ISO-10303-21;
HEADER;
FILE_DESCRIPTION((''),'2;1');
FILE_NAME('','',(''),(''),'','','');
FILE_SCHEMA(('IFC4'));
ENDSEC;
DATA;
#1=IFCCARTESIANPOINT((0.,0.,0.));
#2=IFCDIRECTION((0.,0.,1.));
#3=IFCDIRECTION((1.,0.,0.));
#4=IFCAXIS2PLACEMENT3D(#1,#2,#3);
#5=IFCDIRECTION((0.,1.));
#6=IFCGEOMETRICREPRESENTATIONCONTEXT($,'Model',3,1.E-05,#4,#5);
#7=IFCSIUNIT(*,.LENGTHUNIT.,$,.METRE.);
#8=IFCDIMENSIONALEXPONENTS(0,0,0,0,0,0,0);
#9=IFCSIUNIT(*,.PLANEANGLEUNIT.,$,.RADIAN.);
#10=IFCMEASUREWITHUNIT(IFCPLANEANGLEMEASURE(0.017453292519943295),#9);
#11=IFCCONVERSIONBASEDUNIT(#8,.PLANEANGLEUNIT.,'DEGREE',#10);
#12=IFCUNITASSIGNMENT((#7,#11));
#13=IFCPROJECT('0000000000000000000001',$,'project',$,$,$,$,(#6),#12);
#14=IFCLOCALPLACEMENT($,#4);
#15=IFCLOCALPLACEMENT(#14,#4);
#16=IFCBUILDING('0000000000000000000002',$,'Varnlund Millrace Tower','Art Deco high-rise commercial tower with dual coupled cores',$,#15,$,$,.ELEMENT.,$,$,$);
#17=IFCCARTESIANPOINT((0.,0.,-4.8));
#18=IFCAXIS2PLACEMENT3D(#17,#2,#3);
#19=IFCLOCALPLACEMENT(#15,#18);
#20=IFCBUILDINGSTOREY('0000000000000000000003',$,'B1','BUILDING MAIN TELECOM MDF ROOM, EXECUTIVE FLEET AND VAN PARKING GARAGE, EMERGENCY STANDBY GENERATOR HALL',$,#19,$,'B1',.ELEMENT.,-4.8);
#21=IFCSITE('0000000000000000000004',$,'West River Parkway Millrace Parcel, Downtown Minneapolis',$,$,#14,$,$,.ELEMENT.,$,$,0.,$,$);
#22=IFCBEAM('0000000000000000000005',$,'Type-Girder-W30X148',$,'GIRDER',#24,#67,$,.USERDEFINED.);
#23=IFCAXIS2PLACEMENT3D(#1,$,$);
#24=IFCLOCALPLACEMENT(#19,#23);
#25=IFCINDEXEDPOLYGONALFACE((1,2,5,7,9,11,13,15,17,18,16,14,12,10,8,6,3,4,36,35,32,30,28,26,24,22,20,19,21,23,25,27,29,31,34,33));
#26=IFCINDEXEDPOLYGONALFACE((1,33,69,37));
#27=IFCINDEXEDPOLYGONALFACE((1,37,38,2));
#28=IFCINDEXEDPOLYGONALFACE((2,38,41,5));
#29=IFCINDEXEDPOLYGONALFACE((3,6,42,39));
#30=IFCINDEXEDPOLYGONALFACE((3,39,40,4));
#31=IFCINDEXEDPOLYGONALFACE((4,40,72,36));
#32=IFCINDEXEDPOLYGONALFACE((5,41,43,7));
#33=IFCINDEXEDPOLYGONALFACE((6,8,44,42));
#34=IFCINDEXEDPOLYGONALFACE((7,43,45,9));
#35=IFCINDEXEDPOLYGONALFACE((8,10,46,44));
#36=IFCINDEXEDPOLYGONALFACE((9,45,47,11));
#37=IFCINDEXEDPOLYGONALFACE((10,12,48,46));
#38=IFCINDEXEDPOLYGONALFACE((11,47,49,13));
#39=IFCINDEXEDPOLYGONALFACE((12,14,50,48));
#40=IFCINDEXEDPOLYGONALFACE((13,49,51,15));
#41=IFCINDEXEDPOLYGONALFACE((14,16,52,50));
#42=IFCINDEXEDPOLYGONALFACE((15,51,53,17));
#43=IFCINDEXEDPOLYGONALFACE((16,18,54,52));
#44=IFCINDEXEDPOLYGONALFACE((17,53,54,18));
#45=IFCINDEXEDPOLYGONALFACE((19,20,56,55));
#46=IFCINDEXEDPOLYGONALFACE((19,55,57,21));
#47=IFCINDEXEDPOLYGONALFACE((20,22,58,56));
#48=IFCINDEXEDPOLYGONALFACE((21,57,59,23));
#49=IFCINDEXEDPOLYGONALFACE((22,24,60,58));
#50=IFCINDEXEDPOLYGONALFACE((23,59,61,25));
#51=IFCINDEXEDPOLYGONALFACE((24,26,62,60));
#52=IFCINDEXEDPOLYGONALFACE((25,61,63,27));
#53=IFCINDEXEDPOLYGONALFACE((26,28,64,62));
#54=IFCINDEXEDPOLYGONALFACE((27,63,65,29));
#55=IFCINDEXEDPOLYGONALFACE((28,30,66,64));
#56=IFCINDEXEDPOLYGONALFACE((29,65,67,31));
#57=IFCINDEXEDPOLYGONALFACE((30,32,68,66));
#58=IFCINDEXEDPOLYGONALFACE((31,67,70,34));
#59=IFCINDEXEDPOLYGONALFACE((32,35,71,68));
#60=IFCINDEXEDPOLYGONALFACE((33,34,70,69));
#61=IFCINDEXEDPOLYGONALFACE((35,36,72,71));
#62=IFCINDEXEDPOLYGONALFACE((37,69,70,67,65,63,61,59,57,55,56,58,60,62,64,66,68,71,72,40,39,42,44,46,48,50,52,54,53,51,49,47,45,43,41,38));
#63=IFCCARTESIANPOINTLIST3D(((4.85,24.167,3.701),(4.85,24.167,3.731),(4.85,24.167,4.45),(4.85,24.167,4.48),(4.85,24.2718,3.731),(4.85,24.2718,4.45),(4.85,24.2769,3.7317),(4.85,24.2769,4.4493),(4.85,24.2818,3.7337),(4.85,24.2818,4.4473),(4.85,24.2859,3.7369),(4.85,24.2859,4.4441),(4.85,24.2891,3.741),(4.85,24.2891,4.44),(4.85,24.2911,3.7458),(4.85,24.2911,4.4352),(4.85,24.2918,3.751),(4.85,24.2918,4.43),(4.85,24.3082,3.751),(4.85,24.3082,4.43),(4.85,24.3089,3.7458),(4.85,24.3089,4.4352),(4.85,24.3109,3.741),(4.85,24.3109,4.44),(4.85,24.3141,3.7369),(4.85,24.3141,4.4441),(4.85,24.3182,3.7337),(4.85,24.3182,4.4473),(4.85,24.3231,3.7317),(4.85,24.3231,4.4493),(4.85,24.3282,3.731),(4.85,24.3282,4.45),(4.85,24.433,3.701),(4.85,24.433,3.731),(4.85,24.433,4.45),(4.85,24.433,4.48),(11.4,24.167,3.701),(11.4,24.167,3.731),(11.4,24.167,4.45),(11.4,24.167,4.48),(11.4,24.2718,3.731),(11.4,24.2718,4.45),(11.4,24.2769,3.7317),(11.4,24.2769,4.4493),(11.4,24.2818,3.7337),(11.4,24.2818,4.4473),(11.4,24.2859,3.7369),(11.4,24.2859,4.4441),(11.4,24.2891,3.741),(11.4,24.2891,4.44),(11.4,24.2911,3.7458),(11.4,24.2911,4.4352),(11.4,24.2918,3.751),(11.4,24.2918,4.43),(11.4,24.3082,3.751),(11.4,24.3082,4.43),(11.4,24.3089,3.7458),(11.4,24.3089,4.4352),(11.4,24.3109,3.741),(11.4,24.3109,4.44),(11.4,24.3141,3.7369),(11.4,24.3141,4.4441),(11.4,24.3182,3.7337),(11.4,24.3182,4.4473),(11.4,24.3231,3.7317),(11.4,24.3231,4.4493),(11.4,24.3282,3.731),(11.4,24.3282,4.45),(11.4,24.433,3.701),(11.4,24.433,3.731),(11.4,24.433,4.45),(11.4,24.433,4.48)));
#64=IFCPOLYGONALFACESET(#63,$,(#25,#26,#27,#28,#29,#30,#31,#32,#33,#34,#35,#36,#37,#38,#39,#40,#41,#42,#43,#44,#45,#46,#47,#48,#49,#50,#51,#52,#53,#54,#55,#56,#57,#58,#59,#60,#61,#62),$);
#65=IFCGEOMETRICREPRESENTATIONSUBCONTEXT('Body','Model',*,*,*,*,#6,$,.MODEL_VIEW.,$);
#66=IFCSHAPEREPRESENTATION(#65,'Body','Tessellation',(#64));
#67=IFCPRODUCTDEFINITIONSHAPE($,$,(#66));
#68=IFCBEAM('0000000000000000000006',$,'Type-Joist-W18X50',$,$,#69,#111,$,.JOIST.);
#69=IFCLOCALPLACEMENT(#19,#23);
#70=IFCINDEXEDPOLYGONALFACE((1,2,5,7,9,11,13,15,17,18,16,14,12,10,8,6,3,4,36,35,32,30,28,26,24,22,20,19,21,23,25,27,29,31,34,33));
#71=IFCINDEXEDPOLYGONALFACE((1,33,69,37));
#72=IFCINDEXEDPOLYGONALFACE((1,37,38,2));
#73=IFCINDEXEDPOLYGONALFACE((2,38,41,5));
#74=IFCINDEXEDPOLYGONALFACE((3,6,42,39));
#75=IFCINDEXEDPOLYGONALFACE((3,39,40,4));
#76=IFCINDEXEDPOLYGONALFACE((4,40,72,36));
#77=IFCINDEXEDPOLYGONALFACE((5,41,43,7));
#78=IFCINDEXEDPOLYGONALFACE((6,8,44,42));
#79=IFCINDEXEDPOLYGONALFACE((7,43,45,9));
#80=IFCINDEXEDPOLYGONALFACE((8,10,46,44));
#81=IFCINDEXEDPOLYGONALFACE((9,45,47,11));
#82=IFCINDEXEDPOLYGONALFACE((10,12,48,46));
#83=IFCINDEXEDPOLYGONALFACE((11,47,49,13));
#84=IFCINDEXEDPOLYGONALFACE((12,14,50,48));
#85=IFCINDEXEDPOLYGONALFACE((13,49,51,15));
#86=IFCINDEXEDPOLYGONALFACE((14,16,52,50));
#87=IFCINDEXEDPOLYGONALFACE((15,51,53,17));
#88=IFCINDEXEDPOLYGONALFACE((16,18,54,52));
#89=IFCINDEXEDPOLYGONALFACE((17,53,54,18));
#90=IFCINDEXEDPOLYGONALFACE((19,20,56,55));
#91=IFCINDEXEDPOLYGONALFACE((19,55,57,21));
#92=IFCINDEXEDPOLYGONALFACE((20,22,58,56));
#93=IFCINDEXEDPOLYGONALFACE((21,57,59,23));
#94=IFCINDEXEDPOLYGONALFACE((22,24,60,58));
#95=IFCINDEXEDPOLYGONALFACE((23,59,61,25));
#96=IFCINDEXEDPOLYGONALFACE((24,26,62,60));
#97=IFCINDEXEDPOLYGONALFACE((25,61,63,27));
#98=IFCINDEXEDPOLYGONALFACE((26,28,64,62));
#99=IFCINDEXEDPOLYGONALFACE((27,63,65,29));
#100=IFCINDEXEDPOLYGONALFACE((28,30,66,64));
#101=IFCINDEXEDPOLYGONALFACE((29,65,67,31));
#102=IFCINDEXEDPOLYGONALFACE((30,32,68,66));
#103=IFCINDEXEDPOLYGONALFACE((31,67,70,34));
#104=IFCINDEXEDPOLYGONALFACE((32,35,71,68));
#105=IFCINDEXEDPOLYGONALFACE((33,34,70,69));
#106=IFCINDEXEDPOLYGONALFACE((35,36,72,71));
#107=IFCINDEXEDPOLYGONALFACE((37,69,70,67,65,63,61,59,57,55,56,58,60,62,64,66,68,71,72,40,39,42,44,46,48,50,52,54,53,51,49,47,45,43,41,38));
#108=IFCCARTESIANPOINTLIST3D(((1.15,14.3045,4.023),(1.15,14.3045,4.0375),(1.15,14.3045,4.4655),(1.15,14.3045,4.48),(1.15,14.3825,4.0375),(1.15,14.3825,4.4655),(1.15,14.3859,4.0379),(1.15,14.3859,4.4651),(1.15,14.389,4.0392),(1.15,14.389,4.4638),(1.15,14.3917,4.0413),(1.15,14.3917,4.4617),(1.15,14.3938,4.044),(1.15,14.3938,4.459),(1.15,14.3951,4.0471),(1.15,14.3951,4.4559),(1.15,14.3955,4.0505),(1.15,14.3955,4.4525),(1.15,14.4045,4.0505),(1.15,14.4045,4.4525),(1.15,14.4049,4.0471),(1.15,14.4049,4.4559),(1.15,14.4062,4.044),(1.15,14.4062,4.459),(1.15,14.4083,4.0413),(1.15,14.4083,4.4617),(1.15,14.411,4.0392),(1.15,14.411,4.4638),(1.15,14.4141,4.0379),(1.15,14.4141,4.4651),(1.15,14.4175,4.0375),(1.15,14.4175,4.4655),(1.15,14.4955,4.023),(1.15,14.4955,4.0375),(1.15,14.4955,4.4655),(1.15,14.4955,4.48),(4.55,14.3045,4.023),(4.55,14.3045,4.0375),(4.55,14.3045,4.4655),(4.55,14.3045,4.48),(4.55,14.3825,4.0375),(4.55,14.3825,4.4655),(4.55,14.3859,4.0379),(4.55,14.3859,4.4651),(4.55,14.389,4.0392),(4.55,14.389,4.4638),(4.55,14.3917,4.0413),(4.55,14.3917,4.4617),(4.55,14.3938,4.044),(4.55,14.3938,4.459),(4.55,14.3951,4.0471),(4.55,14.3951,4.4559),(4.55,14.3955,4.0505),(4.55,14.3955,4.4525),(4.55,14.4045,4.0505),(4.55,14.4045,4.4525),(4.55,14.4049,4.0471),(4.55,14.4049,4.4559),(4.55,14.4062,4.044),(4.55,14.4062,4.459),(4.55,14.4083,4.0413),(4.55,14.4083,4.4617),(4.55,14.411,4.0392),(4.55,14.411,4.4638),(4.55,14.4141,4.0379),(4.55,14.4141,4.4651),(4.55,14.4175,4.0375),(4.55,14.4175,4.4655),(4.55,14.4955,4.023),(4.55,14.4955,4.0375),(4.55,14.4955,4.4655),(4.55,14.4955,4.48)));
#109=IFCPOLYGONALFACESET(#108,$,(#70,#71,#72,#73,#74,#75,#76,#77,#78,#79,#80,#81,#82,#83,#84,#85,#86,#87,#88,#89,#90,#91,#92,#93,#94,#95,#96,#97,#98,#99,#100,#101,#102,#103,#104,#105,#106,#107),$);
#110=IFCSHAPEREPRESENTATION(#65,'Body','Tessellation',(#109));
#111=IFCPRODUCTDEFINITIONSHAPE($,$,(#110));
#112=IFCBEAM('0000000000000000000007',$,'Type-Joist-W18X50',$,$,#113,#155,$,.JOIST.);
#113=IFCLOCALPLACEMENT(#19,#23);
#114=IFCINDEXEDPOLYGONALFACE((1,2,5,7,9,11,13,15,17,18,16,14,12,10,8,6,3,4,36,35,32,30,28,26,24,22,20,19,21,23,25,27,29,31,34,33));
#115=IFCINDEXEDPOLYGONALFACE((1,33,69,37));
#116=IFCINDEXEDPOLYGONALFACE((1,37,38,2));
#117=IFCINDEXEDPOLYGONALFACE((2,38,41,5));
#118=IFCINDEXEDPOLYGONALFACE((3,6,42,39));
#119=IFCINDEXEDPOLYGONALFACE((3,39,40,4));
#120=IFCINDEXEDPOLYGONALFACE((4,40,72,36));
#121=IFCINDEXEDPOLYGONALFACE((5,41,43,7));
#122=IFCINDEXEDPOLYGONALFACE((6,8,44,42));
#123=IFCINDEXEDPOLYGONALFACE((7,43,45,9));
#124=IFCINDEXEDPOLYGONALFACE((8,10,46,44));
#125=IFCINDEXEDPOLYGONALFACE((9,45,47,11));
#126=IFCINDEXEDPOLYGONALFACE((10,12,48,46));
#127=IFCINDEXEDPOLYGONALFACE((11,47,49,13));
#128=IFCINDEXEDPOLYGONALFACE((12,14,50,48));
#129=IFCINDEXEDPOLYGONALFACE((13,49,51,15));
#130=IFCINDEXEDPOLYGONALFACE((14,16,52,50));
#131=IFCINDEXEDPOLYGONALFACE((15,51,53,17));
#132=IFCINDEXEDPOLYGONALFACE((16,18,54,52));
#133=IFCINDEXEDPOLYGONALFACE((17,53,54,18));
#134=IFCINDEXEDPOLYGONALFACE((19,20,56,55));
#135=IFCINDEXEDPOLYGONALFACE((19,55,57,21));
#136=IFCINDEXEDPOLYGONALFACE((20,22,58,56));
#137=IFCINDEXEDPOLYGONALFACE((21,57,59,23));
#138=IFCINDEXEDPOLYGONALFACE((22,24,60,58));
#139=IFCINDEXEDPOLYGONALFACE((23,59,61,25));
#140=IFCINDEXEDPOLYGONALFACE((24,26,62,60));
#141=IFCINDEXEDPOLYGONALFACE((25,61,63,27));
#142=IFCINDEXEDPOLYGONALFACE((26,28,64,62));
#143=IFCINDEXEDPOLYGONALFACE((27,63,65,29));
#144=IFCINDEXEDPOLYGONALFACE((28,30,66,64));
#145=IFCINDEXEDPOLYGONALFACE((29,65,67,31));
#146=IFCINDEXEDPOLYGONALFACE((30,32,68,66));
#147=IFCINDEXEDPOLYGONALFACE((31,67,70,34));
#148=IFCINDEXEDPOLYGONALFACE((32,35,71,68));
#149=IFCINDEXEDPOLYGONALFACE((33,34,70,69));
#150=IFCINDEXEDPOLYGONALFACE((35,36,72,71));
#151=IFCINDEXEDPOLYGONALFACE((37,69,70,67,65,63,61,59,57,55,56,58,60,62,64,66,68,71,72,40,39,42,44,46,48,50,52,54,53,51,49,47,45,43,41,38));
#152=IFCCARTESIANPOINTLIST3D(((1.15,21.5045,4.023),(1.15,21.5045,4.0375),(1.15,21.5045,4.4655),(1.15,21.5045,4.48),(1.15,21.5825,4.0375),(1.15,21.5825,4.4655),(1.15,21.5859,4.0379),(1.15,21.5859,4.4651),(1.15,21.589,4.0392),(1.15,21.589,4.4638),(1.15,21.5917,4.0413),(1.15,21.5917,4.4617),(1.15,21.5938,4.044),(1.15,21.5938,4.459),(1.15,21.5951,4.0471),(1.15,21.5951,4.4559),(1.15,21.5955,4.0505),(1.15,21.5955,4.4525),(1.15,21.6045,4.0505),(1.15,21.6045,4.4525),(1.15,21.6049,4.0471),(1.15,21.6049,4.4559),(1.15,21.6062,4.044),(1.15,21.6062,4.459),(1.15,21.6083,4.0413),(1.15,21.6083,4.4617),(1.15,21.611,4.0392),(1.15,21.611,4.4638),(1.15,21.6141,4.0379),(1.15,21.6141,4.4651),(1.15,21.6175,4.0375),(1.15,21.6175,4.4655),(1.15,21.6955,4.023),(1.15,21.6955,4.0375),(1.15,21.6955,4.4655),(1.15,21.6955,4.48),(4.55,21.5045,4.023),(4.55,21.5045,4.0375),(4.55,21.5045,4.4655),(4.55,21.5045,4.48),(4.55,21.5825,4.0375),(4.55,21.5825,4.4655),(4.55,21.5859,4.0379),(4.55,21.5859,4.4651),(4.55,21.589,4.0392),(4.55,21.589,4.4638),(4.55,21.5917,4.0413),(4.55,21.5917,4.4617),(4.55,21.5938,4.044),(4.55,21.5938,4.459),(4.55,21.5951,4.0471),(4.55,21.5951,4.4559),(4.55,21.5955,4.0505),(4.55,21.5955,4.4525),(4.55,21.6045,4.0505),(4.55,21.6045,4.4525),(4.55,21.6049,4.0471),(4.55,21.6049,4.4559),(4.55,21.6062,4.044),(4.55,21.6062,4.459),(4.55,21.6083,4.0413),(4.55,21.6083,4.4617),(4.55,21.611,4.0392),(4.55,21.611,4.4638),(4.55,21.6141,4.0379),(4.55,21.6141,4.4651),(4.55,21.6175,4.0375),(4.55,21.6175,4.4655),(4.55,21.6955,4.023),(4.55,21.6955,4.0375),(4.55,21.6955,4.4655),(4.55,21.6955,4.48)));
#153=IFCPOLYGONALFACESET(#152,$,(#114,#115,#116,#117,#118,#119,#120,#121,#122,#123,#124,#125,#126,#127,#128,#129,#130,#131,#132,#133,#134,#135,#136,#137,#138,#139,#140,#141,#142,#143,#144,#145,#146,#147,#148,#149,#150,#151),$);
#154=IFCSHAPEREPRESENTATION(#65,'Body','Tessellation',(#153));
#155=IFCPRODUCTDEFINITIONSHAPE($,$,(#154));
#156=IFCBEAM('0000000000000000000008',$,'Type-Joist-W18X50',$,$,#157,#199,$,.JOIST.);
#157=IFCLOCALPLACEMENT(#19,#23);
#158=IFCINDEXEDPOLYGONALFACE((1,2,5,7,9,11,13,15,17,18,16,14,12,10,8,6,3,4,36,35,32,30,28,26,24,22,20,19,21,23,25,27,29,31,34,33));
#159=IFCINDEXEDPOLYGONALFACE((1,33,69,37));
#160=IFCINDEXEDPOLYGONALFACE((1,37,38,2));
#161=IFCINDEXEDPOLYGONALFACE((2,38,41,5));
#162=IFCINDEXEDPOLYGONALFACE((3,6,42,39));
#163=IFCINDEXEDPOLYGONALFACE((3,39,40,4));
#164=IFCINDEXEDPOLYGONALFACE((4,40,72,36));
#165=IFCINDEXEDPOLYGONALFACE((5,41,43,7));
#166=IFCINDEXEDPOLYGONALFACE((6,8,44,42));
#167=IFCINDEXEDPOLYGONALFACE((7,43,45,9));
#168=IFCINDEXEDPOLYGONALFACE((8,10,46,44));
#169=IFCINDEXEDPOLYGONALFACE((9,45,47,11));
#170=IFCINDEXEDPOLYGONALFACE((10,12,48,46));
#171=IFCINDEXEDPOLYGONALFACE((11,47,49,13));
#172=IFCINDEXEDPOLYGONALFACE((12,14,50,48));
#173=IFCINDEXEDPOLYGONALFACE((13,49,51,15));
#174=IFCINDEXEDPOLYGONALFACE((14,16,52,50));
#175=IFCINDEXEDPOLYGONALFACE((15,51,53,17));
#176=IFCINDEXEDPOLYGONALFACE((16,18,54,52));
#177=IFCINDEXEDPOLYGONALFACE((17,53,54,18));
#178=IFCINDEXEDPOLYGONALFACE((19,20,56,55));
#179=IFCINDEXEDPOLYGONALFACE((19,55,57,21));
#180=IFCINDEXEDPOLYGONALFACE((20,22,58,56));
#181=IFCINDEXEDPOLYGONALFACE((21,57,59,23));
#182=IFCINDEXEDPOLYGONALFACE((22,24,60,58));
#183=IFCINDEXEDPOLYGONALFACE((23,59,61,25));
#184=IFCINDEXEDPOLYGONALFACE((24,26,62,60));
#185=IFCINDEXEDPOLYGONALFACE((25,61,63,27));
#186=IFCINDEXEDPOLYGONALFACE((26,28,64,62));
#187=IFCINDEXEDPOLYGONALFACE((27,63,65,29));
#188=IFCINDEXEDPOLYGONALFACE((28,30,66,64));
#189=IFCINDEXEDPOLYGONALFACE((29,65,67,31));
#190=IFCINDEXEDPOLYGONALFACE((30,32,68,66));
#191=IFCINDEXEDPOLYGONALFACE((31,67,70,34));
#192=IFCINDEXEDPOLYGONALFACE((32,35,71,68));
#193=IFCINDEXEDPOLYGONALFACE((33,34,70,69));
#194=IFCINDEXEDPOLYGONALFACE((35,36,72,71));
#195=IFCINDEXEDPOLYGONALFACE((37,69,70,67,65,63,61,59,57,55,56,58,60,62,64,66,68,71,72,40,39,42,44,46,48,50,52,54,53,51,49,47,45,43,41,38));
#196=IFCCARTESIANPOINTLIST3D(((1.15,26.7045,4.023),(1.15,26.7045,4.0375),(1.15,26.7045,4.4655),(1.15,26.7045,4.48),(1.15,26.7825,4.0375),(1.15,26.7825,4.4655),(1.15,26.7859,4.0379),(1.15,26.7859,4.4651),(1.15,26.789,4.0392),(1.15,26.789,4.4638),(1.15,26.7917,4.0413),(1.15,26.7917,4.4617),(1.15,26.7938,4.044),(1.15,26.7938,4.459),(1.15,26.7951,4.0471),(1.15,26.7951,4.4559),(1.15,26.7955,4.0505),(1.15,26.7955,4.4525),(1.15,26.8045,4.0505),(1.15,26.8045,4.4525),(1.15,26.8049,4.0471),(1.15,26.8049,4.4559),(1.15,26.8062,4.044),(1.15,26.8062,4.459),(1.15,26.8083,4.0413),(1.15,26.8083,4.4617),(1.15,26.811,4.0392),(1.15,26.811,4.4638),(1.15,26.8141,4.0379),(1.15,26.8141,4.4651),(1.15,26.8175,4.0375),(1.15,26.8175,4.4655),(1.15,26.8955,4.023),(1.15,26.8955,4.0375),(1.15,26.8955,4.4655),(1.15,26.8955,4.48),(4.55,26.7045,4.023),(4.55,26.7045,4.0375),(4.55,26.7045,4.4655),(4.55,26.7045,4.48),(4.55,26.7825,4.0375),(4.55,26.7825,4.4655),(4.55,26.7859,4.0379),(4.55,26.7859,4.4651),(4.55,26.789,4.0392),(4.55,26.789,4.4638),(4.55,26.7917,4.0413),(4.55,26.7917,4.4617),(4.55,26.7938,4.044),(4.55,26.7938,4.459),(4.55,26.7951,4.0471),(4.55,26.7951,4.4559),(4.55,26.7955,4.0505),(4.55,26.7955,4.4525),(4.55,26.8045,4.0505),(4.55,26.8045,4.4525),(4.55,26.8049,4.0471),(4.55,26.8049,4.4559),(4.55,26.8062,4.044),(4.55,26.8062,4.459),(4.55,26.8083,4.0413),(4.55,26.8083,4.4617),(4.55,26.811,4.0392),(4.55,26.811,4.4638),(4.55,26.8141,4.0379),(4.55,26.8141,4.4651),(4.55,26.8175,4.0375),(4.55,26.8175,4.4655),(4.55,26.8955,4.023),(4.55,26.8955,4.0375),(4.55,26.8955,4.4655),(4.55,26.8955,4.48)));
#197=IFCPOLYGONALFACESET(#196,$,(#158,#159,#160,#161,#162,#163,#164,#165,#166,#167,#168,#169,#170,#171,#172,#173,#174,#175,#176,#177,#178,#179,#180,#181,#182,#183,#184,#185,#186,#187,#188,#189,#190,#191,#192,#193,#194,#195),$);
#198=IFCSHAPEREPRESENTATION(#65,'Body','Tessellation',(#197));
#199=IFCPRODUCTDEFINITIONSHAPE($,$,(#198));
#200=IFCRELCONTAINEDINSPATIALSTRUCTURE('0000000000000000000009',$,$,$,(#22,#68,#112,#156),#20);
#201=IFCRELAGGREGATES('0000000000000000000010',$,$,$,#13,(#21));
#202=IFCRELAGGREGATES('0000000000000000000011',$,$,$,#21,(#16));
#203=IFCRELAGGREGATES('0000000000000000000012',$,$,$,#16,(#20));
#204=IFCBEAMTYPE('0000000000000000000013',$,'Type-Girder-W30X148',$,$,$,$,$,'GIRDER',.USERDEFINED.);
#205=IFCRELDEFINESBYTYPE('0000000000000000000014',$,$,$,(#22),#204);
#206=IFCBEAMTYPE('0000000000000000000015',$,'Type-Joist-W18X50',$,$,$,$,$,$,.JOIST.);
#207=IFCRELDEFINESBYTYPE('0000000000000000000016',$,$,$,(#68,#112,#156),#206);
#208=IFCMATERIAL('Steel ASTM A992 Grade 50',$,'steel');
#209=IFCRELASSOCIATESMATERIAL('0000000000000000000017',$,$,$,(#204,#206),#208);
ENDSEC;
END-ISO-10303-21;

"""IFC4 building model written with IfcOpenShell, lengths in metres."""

from ifc_helpers import new_model, entity, si_unit, converted_unit, direction, frame, origin_with_axes, origin_2d_with_axis, place, context, subcontext, project, spatial, i_section, extrude, material, material_profile, profile_set, type_object, element, save


model = new_model("IFC4")

# Units and contexts
model_context = context("Model", 3, precision=1e-05, world=origin_with_axes(), true_north=direction((0.0, 1.0)))
body_context = subcontext(model_context, "Body", "Model", "MODEL_VIEW")
ifc_project = project(units=[si_unit("LENGTHUNIT", "METRE"), converted_unit("PLANEANGLEUNIT", "DEGREE", entity("IfcPlaneAngleMeasure", 0.017453292519943295), si_unit("PLANEANGLEUNIT", "RADIAN"), dimensions=[0, 0, 0, 0, 0, 0, 0])], contexts=[model_context])

# Site, building, storey
site_placement = place(None, origin_with_axes())
site = spatial("IfcSite", under=ifc_project, at=site_placement, Name="West River Parkway Millrace Parcel, Downtown Minneapolis", CompositionType="ELEMENT", RefElevation=0.0)
building_placement = place(site_placement, origin_with_axes())
building = spatial("IfcBuilding", under=site, at=building_placement, Name="Varnlund Millrace Tower", Description="Art Deco high-rise commercial tower with dual coupled cores", CompositionType="ELEMENT")
storey_placement = place(building_placement, frame((0.0, 0.0, -4.8), z_axis=(0.0, 0.0, 1.0), x_axis=(1.0, 0.0, 0.0)))
storey = spatial("IfcBuildingStorey", under=building, at=storey_placement, Name="B1", Description="BUILDING MAIN TELECOM MDF ROOM, EXECUTIVE FLEET AND VAN PARKING GARAGE, EMERGENCY STANDBY GENERATOR HALL", LongName="B1", CompositionType="ELEMENT", Elevation=-4.8)

# Beams
ifc_material_1 = material(Name="Steel ASTM A992 Grade 50", Category="steel")
ifc_material_profile_1 = material_profile(ifc_material_1, i_section(OverallWidth=0.266, OverallDepth=0.779, WebThickness=0.0165, FlangeThickness=0.03, FilletRadius=0.02, at=origin_2d_with_axis()), Name="Steel ASTM A992 Grade 50")
ifc_profile_set_1 = profile_set([ifc_material_profile_1], Name="Steel ASTM A992 Grade 50")
beam_type_1 = type_object("IfcBeamType", Name="Type-Girder-W30X148", ElementType="GIRDER", PredefinedType="USERDEFINED", material=ifc_profile_set_1)
beam_1_placement = place(storey_placement, frame((4.85, 24.3, 4.0905), z_axis=(1.0, 0.0, 0.0), x_axis=(0.0, 1.0, 0.0)))
element("IfcBeam", 1, at=beam_1_placement, inside=storey, type_object=beam_type_1, Name="Type-Girder-W30X148", ObjectType="GIRDER", PredefinedType="USERDEFINED", context=body_context, shape_type="SweptSolid", body=[
    extrude(i_section(OverallWidth=0.266, OverallDepth=0.779, WebThickness=0.0165, FlangeThickness=0.03, FilletRadius=0.02, at=origin_2d_with_axis()), origin_with_axes(), (0.0, 0.0, 1.0), 6.55),
])
ifc_material_profile_2 = material_profile(ifc_material_1, i_section(OverallWidth=0.191, OverallDepth=0.457, WebThickness=0.009, FlangeThickness=0.0145, FilletRadius=0.013, at=origin_2d_with_axis()), Name="Steel ASTM A992 Grade 50")
ifc_profile_set_2 = profile_set([ifc_material_profile_2], Name="Steel ASTM A992 Grade 50")
beam_type_2 = type_object("IfcBeamType", Name="Type-Joist-W18X50", PredefinedType="JOIST", material=ifc_profile_set_2)
for number, where, z_axis, x_axis, name in (
    (2, (1.15, 14.4, 4.2515), (1.0, 0.0, 0.0), (0.0, 1.0, 0.0), "Type-Joist-W18X50"),
    (3, (1.15, 21.6, 4.2515), (1.0, 0.0, 0.0), (0.0, 1.0, 0.0), "Type-Joist-W18X50"),
    (4, (1.15, 26.8, 4.2515), (1.0, 0.0, 0.0), (0.0, 1.0, 0.0), "Type-Joist-W18X50"),
):
    element("IfcBeam", number, at=place(storey_placement, frame(where, z_axis=z_axis, x_axis=x_axis)), inside=storey, type_object=beam_type_2, Name=name, PredefinedType="JOIST", context=body_context, shape_type="SweptSolid", body=[
        extrude(i_section(OverallWidth=0.191, OverallDepth=0.457, WebThickness=0.009, FlangeThickness=0.0145, FilletRadius=0.013, at=origin_2d_with_axis()), origin_with_axes(), (0.0, 0.0, 1.0), 3.4),
    ])

save(model, "model.ifc")
